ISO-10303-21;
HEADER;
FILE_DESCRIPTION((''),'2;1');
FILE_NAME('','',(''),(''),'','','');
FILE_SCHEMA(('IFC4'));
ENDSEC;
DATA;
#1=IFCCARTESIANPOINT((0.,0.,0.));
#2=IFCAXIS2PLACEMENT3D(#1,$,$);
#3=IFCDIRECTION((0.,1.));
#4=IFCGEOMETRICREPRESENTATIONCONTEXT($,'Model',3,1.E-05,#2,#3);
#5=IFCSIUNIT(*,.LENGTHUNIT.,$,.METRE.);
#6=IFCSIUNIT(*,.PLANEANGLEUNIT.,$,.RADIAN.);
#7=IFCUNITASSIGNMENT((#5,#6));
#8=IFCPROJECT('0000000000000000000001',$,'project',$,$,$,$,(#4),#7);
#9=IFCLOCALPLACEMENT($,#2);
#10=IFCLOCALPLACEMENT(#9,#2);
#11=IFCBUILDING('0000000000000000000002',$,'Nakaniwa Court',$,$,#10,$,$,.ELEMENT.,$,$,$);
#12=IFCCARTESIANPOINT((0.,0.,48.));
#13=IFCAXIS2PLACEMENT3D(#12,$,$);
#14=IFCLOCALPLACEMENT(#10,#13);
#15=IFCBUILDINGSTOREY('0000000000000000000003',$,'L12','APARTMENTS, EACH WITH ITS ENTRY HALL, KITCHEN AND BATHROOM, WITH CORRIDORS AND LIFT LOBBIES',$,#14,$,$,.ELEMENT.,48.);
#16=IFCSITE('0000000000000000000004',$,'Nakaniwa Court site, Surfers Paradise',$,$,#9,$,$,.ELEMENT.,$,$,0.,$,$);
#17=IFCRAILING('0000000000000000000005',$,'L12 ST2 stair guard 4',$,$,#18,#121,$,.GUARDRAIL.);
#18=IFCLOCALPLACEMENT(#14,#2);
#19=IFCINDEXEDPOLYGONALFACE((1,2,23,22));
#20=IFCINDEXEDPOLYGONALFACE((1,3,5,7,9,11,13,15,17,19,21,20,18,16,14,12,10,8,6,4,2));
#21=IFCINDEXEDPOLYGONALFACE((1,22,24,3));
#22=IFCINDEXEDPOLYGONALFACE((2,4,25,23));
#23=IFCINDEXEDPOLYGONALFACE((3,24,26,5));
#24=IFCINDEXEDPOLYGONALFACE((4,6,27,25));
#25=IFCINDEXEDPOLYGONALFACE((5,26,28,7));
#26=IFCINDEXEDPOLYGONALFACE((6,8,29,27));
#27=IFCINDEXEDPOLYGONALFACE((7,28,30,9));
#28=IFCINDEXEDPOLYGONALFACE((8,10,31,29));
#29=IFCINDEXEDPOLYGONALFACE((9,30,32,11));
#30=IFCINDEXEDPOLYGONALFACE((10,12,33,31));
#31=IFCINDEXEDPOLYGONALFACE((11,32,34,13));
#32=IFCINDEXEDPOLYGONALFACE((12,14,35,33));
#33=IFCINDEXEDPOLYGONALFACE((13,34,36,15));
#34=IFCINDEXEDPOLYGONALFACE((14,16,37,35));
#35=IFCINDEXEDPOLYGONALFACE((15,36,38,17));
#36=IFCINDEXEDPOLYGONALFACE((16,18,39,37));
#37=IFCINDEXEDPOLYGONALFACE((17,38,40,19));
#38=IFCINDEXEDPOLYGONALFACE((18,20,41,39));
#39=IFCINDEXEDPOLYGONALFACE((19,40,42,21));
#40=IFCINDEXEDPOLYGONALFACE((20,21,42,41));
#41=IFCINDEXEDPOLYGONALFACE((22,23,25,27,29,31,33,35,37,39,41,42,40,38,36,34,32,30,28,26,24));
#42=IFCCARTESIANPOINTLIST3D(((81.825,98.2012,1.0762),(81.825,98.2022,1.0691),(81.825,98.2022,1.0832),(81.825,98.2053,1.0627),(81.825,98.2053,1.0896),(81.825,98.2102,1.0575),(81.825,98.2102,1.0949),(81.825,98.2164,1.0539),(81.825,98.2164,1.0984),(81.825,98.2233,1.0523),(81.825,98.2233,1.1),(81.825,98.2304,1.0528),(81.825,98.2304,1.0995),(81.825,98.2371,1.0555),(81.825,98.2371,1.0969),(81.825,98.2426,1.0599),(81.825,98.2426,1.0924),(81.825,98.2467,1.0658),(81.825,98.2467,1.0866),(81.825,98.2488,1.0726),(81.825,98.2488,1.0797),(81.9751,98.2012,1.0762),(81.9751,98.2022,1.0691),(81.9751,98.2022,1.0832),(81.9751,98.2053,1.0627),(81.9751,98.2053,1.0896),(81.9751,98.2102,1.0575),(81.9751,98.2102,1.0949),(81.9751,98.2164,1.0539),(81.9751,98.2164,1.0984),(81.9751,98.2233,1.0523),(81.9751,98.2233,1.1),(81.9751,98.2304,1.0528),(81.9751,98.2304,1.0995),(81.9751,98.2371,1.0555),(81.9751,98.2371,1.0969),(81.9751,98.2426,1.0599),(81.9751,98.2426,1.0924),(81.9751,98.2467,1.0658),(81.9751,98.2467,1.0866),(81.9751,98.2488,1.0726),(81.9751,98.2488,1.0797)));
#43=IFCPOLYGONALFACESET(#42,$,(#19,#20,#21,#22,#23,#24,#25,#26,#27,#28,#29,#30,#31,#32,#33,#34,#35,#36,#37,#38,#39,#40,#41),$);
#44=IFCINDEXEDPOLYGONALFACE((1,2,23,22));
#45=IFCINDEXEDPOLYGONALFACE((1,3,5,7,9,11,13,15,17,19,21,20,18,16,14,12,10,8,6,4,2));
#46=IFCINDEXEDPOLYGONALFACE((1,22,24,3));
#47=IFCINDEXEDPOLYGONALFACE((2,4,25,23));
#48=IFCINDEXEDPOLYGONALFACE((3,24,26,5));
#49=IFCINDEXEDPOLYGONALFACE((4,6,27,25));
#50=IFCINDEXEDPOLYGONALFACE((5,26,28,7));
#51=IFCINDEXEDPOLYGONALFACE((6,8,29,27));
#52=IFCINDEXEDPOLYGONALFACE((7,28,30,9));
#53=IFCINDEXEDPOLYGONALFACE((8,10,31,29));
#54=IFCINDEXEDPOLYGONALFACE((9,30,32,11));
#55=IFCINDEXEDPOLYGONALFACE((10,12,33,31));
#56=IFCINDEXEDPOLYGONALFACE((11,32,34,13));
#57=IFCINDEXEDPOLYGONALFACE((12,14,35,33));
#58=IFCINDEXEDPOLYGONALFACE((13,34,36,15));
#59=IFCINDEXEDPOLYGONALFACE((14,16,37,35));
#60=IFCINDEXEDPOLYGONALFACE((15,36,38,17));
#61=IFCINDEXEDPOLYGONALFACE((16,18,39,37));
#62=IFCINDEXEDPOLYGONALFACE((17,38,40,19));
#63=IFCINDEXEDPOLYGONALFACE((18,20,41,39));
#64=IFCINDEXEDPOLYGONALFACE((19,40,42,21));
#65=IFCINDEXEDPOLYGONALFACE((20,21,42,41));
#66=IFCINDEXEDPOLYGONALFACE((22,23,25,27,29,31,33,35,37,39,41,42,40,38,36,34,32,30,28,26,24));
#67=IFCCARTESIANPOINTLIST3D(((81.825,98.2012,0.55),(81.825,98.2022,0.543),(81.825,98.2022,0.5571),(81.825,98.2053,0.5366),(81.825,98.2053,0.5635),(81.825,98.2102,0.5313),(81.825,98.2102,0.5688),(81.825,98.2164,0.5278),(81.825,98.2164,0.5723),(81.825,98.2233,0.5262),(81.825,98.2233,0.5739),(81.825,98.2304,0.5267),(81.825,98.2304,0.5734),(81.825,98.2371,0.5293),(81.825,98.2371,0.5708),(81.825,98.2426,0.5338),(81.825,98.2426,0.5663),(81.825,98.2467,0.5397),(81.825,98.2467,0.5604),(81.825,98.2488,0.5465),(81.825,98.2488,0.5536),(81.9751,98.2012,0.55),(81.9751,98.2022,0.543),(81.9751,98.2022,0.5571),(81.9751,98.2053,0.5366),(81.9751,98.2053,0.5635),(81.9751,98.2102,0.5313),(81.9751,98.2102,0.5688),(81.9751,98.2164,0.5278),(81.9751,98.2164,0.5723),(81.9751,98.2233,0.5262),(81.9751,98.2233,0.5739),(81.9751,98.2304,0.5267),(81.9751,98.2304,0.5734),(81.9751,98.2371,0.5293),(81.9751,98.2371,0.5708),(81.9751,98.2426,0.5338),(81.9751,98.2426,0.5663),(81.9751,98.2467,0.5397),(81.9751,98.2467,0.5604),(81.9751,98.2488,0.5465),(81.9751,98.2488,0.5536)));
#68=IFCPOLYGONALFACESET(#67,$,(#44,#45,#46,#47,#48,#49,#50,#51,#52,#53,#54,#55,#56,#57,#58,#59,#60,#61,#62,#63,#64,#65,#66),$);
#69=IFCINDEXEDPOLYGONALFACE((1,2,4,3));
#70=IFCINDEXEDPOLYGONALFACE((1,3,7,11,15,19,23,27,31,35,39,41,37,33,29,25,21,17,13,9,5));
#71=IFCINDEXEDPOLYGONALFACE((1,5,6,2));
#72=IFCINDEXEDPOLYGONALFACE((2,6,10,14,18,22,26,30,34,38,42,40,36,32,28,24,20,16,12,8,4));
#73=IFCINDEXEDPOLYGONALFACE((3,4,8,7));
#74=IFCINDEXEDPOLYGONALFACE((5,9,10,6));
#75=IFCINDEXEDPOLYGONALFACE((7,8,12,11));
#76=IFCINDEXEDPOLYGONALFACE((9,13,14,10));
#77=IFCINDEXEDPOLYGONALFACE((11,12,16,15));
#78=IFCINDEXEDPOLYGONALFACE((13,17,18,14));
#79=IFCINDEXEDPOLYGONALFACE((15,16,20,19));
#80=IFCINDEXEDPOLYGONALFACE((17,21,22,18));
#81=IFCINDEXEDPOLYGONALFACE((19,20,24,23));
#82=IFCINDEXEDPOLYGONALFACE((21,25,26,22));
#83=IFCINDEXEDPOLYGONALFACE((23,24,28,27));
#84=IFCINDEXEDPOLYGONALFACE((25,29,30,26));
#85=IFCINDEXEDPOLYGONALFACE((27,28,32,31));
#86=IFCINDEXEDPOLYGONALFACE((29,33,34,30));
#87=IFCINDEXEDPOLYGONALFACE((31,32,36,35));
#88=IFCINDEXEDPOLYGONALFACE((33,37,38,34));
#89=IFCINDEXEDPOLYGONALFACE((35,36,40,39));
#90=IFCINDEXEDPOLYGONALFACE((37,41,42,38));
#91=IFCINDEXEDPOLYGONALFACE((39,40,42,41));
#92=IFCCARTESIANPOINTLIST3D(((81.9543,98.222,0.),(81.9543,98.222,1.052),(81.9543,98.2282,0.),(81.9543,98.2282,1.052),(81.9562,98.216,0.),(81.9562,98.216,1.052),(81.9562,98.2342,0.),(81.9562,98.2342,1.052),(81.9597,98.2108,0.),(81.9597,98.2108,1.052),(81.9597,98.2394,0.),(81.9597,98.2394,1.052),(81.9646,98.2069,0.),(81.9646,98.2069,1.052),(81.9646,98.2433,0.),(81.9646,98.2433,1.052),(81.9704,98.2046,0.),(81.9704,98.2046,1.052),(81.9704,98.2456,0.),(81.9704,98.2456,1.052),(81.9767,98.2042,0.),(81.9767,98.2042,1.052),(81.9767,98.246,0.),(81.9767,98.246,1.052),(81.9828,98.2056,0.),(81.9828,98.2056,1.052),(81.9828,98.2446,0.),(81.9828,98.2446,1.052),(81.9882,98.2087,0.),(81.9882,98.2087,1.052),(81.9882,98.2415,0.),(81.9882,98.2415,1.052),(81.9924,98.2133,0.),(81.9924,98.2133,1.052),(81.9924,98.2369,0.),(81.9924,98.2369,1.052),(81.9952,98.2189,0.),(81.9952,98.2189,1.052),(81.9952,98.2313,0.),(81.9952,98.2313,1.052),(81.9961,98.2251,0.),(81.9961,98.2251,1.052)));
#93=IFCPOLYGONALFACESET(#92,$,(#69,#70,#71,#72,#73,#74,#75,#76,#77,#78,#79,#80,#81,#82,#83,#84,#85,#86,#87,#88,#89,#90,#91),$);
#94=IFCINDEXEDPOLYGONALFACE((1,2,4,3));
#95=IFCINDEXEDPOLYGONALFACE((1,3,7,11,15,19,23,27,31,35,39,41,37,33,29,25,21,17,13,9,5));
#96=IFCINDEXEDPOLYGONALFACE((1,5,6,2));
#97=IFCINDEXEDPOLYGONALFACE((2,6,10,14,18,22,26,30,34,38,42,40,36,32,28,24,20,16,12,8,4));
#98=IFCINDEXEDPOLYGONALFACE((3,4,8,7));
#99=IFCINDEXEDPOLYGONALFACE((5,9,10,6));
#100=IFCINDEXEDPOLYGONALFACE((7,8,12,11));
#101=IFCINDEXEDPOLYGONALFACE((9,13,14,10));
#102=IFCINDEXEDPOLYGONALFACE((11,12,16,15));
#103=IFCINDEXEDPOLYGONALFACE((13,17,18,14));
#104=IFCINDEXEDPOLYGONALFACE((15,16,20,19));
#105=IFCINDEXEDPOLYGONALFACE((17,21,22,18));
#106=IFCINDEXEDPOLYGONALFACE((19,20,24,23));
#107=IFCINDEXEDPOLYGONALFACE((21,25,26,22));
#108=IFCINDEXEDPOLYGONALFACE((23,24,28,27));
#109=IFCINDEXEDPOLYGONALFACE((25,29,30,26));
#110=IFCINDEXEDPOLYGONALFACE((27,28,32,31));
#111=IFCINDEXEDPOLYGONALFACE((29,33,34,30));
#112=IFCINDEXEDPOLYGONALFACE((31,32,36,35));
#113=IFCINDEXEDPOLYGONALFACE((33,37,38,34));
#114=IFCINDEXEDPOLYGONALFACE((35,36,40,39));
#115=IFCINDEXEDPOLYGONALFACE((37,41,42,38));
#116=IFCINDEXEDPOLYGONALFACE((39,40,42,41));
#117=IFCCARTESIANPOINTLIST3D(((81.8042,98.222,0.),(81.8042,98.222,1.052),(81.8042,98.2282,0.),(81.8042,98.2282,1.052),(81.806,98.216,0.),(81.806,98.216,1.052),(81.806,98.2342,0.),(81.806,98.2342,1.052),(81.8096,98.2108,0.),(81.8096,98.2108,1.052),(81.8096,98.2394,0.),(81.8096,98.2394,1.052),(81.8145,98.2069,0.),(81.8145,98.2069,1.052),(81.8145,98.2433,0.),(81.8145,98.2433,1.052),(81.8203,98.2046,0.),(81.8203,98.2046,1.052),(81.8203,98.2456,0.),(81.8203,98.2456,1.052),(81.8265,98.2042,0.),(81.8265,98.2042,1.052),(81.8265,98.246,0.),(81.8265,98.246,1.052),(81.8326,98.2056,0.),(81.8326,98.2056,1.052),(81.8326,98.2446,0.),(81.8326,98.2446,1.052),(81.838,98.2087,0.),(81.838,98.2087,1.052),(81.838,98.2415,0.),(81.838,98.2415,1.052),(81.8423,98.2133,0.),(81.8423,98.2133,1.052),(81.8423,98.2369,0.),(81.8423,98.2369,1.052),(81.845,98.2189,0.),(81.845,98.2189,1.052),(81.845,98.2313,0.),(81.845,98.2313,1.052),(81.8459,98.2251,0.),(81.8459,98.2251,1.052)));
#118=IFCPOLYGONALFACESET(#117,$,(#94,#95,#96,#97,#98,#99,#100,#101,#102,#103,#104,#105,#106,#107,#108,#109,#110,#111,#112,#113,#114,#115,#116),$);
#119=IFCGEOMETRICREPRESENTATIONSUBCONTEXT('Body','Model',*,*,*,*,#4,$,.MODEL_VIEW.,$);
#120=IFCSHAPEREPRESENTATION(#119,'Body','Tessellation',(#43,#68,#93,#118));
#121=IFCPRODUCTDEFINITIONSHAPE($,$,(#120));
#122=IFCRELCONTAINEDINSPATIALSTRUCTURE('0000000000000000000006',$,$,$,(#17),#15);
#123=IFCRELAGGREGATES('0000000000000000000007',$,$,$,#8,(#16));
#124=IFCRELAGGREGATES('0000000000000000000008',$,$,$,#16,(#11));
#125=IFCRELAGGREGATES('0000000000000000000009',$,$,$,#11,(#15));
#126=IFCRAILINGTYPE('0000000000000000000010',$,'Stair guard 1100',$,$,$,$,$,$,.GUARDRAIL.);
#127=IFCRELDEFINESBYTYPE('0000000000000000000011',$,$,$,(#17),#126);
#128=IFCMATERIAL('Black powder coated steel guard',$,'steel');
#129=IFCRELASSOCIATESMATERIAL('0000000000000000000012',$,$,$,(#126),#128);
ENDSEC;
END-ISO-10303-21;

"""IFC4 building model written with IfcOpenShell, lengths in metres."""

from ifc_helpers import new_model, si_unit, direction, frame, origin, origin_2d, place, context, subcontext, project, spatial, circle, extrude, material, type_object, element, save


model = new_model("IFC4")

# Units and contexts
model_context = context("Model", 3, precision=1e-05, world=origin(), true_north=direction((0.0, 1.0)))
body_context = subcontext(model_context, "Body", "Model", "MODEL_VIEW")
ifc_project = project(units=[si_unit("LENGTHUNIT", "METRE"), si_unit("PLANEANGLEUNIT", "RADIAN")], contexts=[model_context])

# Site, building, storey
site_placement = place(None, origin())
site = spatial("IfcSite", under=ifc_project, at=site_placement, Name="Nakaniwa Court site, Surfers Paradise", CompositionType="ELEMENT", RefElevation=0.0)
building_placement = place(site_placement, origin())
building = spatial("IfcBuilding", under=site, at=building_placement, Name="Nakaniwa Court", CompositionType="ELEMENT")
storey_placement = place(building_placement, frame((0.0, 0.0, 48.0)))
storey = spatial("IfcBuildingStorey", under=building, at=storey_placement, Name="L12", Description="APARTMENTS, EACH WITH ITS ENTRY HALL, KITCHEN AND BATHROOM, WITH CORRIDORS AND LIFT LOBBIES", CompositionType="ELEMENT", Elevation=48.0)

# Railing
ifc_material_1 = material(Name="Black powder coated steel guard", Category="steel")
railing_type_1 = type_object("IfcRailingType", Name="Stair guard 1100", PredefinedType="GUARDRAIL", material=ifc_material_1)
railing_1_placement = place(storey_placement, frame((81.9751, 98.2251, 0.0)))
element("IfcRailing", 1, at=railing_1_placement, inside=storey, type_object=railing_type_1, Name="L12 ST2 stair guard 4", PredefinedType="GUARDRAIL", context=body_context, shape_type="SweptSolid", body=[
    extrude(circle(Radius=0.0239, at=origin_2d()), frame((0.0, 0.0, 1.0762), z_axis=(-1.0, 0.0, 0.0), x_axis=(0.0, -1.0, 0.0)), (0.0, 0.0, 1.0), 0.1501),
    extrude(circle(Radius=0.0239, at=origin_2d()), frame((0.0, 0.0, 0.55), z_axis=(-1.0, 0.0, 0.0), x_axis=(0.0, -1.0, 0.0)), (0.0, 0.0, 1.0), 0.1501),
    extrude(circle(Radius=0.021, at=origin_2d()), origin(), (0.0, 0.0, 1.0), 1.052),
    extrude(circle(Radius=0.021, at=origin_2d()), frame((-0.1501, 0.0, 0.0)), (0.0, 0.0, 1.0), 1.052),
])

save(model, "model.ifc")
